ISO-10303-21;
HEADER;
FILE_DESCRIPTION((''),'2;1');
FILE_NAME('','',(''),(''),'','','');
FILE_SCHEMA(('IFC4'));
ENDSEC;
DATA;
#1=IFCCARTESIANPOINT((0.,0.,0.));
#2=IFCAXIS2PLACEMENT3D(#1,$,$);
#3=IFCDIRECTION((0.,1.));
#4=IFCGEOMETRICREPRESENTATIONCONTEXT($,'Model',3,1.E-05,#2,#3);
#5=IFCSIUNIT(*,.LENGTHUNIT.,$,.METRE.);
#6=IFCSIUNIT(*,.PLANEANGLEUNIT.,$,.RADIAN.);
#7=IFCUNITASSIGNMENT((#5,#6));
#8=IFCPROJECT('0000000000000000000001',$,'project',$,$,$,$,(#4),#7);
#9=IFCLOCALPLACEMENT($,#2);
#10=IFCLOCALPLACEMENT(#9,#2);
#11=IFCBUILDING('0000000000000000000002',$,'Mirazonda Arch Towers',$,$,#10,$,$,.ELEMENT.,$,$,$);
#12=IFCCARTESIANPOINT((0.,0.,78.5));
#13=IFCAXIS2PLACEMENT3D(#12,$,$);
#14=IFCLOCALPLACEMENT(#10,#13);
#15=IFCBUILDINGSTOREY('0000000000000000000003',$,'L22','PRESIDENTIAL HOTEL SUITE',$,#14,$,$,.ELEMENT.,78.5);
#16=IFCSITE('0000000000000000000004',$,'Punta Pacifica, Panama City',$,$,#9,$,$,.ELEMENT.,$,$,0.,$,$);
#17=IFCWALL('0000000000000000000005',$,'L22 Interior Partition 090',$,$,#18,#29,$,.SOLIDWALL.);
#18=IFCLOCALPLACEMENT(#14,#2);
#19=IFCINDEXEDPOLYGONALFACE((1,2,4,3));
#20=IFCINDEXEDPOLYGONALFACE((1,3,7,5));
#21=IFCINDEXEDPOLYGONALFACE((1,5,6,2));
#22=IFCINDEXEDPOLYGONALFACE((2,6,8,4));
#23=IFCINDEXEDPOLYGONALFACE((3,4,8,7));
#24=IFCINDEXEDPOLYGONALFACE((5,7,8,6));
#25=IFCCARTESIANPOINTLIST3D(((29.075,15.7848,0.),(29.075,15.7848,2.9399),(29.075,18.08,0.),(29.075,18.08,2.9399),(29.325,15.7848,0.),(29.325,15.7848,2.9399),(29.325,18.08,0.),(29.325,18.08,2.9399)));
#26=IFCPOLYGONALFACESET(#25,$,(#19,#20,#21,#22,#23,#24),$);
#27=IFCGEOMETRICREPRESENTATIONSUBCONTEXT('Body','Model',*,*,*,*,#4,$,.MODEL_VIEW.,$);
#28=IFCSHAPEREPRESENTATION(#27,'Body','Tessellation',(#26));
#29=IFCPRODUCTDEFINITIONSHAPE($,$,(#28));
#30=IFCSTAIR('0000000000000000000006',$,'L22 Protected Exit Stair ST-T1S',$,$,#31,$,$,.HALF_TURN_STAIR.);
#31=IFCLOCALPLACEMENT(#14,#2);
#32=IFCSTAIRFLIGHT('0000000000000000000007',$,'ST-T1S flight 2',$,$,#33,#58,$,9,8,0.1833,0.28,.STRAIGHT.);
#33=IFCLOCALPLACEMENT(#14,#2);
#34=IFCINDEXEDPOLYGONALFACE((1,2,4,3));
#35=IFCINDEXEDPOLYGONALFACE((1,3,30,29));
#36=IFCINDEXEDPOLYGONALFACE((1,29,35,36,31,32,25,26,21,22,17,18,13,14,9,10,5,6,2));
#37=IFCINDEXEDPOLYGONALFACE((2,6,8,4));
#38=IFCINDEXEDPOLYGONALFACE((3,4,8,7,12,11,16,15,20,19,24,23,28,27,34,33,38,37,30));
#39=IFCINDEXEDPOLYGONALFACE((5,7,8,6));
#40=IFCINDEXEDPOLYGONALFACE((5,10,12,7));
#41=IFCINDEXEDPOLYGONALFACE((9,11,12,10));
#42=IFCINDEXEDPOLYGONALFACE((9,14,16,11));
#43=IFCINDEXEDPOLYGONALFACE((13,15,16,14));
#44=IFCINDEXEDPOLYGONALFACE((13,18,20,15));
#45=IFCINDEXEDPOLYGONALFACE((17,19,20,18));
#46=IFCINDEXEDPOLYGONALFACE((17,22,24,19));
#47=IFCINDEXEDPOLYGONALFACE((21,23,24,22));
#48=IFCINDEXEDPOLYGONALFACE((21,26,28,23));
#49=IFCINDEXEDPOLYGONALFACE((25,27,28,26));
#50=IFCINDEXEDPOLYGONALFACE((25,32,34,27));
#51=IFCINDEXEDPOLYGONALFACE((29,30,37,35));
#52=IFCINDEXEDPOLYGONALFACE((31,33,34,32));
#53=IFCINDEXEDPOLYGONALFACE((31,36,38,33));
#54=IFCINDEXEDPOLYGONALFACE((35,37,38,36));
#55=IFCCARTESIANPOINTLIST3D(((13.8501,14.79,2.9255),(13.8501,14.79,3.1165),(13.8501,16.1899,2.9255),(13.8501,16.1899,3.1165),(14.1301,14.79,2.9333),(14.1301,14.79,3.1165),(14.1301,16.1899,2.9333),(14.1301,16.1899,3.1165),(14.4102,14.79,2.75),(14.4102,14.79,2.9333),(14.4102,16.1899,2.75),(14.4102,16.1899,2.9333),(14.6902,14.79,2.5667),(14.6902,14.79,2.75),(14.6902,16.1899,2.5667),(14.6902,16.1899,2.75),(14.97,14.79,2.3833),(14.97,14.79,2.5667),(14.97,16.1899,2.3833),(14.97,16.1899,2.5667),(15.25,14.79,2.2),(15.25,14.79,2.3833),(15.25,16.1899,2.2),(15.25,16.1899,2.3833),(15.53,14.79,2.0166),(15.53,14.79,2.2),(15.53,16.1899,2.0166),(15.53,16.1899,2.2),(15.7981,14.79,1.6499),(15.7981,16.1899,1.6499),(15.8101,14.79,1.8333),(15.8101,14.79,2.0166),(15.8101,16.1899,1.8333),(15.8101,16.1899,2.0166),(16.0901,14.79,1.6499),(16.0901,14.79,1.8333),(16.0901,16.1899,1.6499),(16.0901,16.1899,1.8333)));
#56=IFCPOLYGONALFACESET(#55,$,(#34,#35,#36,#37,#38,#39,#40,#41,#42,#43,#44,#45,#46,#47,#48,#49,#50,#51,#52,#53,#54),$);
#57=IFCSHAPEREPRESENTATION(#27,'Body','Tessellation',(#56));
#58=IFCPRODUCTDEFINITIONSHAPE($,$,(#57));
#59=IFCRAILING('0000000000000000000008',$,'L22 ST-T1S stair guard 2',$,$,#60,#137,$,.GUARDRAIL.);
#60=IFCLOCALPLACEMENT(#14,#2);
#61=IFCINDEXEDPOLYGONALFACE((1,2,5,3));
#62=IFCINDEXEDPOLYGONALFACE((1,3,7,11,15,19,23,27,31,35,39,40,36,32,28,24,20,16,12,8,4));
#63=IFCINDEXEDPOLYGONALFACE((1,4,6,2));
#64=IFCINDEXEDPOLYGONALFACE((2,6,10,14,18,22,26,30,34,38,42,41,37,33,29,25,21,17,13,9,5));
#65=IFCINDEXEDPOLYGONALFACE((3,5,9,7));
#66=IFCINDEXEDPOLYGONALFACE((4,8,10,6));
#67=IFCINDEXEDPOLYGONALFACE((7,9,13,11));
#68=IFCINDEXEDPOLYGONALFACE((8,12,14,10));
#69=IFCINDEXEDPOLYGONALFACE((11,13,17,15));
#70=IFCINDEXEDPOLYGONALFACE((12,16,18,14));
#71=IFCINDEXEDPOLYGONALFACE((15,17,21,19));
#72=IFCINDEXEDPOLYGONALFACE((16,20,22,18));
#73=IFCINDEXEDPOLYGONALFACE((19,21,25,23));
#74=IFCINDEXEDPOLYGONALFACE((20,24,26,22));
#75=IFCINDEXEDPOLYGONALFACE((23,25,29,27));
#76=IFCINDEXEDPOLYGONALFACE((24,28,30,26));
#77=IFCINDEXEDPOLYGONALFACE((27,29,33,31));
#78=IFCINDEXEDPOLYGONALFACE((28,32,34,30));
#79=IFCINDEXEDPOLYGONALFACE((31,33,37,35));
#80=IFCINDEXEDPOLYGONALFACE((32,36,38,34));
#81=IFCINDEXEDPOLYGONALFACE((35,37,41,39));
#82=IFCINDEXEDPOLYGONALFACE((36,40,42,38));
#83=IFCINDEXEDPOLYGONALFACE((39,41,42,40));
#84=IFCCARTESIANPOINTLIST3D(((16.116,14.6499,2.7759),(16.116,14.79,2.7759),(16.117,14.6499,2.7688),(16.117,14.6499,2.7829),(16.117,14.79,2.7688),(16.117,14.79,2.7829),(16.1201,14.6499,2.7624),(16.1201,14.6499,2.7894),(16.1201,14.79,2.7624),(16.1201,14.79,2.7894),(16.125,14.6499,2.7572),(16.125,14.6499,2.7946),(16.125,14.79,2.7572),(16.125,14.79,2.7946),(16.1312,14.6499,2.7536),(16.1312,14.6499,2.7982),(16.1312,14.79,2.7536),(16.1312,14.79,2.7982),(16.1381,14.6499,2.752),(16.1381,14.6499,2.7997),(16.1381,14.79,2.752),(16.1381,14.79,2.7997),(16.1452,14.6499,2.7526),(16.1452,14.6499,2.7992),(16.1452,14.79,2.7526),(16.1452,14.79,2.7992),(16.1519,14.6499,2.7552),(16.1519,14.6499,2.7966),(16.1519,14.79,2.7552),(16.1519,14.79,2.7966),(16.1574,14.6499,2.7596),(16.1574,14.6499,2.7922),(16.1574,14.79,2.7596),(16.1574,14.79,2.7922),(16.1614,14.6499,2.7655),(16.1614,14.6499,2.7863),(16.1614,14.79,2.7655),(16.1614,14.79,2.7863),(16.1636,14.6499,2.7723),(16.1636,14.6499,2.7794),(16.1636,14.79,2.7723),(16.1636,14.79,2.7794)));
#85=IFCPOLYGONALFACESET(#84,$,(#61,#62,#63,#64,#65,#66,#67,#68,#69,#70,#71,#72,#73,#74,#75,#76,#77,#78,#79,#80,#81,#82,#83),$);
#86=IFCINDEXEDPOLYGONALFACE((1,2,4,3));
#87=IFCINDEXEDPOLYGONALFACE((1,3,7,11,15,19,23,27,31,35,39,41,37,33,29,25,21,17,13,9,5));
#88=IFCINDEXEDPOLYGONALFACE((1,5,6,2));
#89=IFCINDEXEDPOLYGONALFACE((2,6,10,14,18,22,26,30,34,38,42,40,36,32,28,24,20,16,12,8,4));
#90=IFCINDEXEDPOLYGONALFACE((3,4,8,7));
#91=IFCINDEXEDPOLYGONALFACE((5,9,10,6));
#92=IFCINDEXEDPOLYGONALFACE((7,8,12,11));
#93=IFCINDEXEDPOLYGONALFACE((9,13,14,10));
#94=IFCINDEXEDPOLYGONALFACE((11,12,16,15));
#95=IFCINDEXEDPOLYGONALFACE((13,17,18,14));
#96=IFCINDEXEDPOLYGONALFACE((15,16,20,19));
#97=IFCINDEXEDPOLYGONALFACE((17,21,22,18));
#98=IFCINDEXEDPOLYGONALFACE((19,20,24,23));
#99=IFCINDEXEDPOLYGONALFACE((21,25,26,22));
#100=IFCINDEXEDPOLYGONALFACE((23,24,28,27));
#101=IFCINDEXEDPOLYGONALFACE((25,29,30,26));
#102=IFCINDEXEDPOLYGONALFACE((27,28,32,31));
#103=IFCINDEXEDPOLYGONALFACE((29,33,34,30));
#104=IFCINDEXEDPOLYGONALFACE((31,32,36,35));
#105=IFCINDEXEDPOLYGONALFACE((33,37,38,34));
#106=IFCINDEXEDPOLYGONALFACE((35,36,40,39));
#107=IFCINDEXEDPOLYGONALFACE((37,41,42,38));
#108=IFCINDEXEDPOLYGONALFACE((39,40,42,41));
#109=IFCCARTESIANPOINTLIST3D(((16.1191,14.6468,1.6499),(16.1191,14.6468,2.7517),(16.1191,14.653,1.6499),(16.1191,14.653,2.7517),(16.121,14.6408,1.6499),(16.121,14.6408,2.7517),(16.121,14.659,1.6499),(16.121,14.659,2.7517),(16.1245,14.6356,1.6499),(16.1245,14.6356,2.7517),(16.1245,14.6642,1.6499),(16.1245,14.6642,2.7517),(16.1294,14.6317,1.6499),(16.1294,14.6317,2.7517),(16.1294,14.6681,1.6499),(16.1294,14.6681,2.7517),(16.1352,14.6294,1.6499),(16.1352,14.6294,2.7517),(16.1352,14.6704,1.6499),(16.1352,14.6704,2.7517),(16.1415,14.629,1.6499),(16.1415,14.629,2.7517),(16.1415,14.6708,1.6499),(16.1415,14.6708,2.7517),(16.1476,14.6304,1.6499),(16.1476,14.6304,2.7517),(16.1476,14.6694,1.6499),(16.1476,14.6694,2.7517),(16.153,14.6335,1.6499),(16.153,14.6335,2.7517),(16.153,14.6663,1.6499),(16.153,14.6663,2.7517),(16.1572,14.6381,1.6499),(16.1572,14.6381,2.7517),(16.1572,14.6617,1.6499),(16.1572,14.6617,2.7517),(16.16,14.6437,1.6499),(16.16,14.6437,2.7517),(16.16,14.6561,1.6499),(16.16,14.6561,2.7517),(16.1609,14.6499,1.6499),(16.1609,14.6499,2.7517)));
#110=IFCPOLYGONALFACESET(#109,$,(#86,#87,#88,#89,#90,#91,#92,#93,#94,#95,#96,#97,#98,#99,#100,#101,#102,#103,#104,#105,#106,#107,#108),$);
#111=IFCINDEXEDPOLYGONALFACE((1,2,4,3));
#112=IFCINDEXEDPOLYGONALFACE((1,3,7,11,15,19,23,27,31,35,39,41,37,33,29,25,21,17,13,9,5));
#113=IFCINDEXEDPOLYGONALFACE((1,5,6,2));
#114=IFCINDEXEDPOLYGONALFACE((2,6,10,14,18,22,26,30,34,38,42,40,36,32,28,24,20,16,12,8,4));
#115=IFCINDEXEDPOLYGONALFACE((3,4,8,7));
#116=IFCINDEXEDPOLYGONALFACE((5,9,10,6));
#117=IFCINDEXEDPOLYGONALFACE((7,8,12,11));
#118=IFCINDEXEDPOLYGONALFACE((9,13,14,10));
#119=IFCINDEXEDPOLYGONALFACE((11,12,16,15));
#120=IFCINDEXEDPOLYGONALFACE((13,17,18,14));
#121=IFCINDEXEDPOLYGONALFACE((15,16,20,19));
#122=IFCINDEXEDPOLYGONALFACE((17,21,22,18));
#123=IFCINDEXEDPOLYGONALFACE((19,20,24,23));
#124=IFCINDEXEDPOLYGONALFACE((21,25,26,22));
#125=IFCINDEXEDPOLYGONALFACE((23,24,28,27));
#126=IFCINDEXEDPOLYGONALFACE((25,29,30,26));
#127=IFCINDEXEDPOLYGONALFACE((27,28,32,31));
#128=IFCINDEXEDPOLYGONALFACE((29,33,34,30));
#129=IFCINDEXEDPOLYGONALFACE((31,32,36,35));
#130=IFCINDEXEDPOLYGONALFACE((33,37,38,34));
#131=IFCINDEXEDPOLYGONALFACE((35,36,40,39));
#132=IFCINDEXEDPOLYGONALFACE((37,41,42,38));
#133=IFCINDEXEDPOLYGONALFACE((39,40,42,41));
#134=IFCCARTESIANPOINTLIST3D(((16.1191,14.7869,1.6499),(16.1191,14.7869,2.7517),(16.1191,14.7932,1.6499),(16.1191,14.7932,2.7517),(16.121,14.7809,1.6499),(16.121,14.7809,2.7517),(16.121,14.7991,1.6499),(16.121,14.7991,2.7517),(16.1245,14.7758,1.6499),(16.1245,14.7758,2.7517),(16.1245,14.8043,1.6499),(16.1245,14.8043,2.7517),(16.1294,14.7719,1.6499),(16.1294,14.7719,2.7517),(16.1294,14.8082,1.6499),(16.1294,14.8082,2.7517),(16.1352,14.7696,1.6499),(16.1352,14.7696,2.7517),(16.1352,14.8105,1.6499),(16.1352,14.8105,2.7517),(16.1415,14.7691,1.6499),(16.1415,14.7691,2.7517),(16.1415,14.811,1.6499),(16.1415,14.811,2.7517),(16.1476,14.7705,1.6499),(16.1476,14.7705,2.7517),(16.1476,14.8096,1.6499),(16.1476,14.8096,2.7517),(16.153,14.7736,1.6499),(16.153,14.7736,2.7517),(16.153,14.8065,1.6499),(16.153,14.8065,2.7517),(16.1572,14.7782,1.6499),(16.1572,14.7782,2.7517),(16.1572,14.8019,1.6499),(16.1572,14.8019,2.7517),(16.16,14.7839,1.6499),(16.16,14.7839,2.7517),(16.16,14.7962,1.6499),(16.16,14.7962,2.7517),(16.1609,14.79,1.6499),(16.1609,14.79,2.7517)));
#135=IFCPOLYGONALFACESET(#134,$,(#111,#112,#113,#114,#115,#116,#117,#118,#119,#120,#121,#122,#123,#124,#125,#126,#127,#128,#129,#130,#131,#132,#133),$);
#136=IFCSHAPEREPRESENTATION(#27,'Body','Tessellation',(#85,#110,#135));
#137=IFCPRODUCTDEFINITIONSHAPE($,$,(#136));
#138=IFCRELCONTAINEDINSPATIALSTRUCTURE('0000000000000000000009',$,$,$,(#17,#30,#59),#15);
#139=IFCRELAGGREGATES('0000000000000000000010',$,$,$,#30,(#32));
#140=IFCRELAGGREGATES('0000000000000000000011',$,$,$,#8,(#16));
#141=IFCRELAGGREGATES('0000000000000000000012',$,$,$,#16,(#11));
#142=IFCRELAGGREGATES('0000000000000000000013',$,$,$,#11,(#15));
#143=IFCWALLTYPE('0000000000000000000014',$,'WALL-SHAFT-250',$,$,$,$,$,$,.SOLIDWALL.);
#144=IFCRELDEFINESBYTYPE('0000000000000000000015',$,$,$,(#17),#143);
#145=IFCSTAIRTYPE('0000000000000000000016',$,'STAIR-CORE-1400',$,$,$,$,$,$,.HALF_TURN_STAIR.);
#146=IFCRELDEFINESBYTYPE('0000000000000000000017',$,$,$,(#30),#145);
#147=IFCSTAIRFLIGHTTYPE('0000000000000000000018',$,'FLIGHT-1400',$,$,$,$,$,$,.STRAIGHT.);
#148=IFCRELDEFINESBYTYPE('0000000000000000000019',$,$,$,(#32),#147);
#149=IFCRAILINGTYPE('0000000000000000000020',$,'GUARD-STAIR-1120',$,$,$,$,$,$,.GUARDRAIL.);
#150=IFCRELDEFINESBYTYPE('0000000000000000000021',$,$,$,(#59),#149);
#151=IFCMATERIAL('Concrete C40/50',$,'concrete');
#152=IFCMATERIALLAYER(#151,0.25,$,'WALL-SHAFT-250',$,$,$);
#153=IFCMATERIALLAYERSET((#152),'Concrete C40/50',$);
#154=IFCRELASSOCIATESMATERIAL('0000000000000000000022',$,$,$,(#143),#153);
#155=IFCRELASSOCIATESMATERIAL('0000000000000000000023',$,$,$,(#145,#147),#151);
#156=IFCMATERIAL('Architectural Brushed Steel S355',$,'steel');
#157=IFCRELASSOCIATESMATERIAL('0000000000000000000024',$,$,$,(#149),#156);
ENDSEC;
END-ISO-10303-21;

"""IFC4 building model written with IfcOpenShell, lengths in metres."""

from ifc_helpers import new_model, si_unit, direction, frame, frame_2d, origin, origin_2d, place, context, subcontext, project, spatial, polyline, rectangle, circle, outline, extrude, material, layer, layer_set, type_object, element, aggregate, save


model = new_model("IFC4")

# Units and contexts
model_context = context("Model", 3, precision=1e-05, world=origin(), true_north=direction((0.0, 1.0)))
body_context = subcontext(model_context, "Body", "Model", "MODEL_VIEW")
ifc_project = project(units=[si_unit("LENGTHUNIT", "METRE"), si_unit("PLANEANGLEUNIT", "RADIAN")], contexts=[model_context])

# Site, building, storey
site_placement = place(None, origin())
site = spatial("IfcSite", under=ifc_project, at=site_placement, Name="Punta Pacifica, Panama City", CompositionType="ELEMENT", RefElevation=0.0)
building_placement = place(site_placement, origin())
building = spatial("IfcBuilding", under=site, at=building_placement, Name="Mirazonda Arch Towers", CompositionType="ELEMENT")
storey_placement = place(building_placement, frame((0.0, 0.0, 78.5)))
storey = spatial("IfcBuildingStorey", under=building, at=storey_placement, Name="L22", Description="PRESIDENTIAL HOTEL SUITE", CompositionType="ELEMENT", Elevation=78.5)

# Wall
ifc_material_1 = material(Name="Concrete C40/50", Category="concrete")
ifc_layer_1 = layer(ifc_material_1, 0.25, Name="WALL-SHAFT-250")
ifc_layer_set_1 = layer_set([ifc_layer_1], Name="Concrete C40/50")
wall_type_1 = type_object("IfcWallType", Name="WALL-SHAFT-250", PredefinedType="SOLIDWALL", material=ifc_layer_set_1)
for number, where, z_axis, x_axis, name in (
    (1, (29.2, 15.7849, 0.0), (0.0, 0.0, 1.0), (0.0, 1.0, 0.0), "L22 Interior Partition 090"),
):
    element("IfcWall", number, at=place(storey_placement, frame(where, z_axis=z_axis, x_axis=x_axis)), inside=storey, type_object=wall_type_1, Name=name, PredefinedType="SOLIDWALL", context=body_context, shape_type="SweptSolid", body=[
        extrude(rectangle(XDim=2.2952, YDim=0.25, at=frame_2d((1.1475, 0.0))), origin(), (0.0, 0.0, 1.0), 2.9399),
    ])

# Stair, stair flight
stair_type = type_object("IfcStairType", Name="STAIR-CORE-1400", PredefinedType="HALF_TURN_STAIR", material=ifc_material_1)
stair_placement = place(storey_placement, origin())
stair = element("IfcStair", 2, at=stair_placement, inside=storey, type_object=stair_type, Name="L22 Protected Exit Stair ST-T1S", PredefinedType="HALF_TURN_STAIR")
stair_flight_type = type_object("IfcStairFlightType", Name="FLIGHT-1400", PredefinedType="STRAIGHT", material=ifc_material_1)
stair_flight_placement = place(storey_placement, frame((16.0901, 15.49, 1.6499), z_axis=(0.0, 0.0, 1.0), x_axis=(-1.0, 0.0, 0.0)))
stair_flight = element("IfcStairFlight", 3, at=stair_flight_placement, type_object=stair_flight_type, Name="ST-T1S flight 2", NumberOfRisers=9, NumberOfTreads=8, PredefinedType="STRAIGHT", RiserHeight=0.1833, TreadLength=0.28, context=body_context, shape_type="SweptSolid", body=[
    extrude(outline(polyline([(0.0, 0.0), (0.0, 0.1833), (0.28, 0.1833), (0.28, 0.3667), (0.5601, 0.3667), (0.5601, 0.55), (0.8401, 0.55), (0.8401, 0.7334), (1.1201, 0.7334), (1.1201, 0.9167), (1.3999, 0.9167), (1.3999, 1.1001), (1.6799, 1.1001), (1.6799, 1.2834), (1.96, 1.2834), (1.96, 1.4666), (2.24, 1.4666), (2.24, 1.6499), (2.24, 1.2756), (0.292, 0.0), (0.0, 0.0)])), frame((0.0, 0.7, 0.0), z_axis=(0.0, -1.0, 0.0), x_axis=(1.0, 0.0, 0.0)), (0.0, 0.0, 1.0), 1.3999),
])
aggregate(stair, [stair_flight])

# Railing
ifc_material_2 = material(Name="Architectural Brushed Steel S355", Category="steel")
railing_type_1 = type_object("IfcRailingType", Name="GUARD-STAIR-1120", PredefinedType="GUARDRAIL", material=ifc_material_2)
railing_1_placement = place(storey_placement, frame((16.1399, 14.6499, 1.6499)))
element("IfcRailing", 4, at=railing_1_placement, inside=storey, type_object=railing_type_1, Name="L22 ST-T1S stair guard 2", PredefinedType="GUARDRAIL", context=body_context, shape_type="SweptSolid", body=[
    extrude(circle(Radius=0.0239, at=origin_2d()), frame((0.0, 0.0, 1.126), z_axis=(0.0, 1.0, 0.0), x_axis=(-1.0, 0.0, 0.0)), (0.0, 0.0, 1.0), 0.1401),
    extrude(circle(Radius=0.021, at=origin_2d()), origin(), (0.0, 0.0, 1.0), 1.1018),
    extrude(circle(Radius=0.021, at=origin_2d()), frame((0.0, 0.1401, 0.0)), (0.0, 0.0, 1.0), 1.1018),
])

save(model, "model.ifc")
